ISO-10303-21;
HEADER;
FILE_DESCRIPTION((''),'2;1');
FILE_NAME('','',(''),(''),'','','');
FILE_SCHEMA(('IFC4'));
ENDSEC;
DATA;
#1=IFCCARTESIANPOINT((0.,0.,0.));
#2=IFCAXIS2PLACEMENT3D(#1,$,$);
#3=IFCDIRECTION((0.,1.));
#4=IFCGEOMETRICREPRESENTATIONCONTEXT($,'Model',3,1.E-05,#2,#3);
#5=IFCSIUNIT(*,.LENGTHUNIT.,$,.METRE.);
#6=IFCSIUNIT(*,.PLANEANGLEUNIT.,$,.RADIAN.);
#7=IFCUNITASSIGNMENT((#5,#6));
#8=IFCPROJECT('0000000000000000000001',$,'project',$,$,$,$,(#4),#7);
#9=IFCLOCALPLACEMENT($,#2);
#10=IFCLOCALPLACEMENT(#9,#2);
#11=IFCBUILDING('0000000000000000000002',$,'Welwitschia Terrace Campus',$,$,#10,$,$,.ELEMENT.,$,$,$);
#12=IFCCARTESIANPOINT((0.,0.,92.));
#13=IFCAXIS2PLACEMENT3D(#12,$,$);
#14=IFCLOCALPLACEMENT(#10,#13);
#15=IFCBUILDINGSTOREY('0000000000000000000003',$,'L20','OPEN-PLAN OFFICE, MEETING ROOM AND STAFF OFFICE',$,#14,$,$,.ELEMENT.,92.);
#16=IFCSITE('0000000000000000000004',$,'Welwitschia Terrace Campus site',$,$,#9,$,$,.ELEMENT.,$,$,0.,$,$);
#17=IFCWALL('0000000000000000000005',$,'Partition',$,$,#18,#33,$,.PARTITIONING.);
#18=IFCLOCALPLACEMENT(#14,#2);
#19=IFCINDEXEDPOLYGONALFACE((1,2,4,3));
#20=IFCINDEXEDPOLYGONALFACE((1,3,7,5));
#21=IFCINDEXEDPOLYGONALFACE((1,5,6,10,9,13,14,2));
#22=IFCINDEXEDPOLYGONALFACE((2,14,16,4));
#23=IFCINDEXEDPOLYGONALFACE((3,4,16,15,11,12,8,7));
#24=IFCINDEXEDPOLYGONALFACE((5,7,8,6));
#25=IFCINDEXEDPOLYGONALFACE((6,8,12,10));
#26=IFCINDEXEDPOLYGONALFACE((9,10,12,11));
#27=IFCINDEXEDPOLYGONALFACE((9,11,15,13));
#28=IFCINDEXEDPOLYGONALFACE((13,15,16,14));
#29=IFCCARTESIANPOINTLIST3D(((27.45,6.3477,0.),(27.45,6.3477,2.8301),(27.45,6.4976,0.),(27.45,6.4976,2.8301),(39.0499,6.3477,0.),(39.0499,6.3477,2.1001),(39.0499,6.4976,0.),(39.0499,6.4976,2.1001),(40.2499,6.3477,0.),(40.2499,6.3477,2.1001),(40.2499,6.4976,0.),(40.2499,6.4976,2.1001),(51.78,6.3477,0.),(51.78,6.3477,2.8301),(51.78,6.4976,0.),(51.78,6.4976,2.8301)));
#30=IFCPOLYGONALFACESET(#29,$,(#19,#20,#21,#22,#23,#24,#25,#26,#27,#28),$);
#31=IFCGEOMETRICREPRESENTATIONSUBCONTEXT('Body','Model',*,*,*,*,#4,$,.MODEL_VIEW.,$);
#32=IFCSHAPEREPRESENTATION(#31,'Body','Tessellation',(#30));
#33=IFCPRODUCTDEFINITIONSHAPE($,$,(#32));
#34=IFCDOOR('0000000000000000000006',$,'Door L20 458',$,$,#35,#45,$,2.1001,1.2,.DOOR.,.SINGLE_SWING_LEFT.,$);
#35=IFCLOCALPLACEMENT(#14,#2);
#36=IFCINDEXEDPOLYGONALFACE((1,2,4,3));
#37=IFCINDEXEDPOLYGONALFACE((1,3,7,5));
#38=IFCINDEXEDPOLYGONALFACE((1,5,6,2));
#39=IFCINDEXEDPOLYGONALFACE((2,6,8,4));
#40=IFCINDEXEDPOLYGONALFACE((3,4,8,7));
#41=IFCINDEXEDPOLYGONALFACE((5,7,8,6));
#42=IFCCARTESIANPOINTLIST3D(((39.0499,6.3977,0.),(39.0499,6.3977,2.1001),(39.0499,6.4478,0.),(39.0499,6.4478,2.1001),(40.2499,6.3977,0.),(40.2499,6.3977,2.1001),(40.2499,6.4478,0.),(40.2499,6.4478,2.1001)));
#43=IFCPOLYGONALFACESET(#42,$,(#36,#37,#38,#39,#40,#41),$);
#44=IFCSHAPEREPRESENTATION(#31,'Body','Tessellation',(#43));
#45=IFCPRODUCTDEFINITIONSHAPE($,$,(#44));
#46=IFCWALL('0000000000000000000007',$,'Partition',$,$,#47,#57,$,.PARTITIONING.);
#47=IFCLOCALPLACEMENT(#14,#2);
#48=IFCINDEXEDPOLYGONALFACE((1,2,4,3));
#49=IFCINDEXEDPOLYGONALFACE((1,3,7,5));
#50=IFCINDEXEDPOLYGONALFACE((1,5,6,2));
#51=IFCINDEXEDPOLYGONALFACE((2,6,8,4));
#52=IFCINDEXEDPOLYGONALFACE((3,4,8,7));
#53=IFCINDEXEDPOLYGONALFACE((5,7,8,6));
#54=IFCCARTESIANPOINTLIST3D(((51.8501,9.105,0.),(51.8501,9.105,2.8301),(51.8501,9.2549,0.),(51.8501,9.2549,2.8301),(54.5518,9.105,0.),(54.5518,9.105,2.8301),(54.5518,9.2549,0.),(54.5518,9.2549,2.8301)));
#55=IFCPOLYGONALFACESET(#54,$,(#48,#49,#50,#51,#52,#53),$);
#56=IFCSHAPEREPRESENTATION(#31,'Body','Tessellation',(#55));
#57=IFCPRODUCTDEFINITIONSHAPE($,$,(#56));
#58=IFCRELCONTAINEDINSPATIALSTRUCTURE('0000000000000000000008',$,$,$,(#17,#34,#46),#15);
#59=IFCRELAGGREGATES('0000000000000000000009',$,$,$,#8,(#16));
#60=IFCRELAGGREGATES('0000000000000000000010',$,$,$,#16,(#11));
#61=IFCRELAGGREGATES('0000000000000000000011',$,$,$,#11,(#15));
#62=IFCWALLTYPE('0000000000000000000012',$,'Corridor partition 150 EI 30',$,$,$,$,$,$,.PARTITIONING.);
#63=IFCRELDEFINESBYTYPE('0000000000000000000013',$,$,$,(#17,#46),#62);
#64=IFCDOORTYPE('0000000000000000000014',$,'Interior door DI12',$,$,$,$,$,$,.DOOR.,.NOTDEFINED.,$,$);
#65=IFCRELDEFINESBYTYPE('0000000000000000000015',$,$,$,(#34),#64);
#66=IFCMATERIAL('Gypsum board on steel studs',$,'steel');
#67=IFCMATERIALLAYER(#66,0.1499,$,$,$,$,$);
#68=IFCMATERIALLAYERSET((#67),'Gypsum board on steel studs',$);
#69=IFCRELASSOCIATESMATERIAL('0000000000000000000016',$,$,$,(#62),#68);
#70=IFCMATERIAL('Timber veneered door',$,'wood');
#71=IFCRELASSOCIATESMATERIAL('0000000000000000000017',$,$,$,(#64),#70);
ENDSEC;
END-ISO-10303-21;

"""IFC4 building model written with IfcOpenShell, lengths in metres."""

from ifc_helpers import new_model, si_unit, direction, frame, frame_2d, origin, place, context, subcontext, project, spatial, rectangle, extrude, material, layer, layer_set, type_object, element, fill, save


model = new_model("IFC4")

# Units and contexts
model_context = context("Model", 3, precision=1e-05, world=origin(), true_north=direction((0.0, 1.0)))
body_context = subcontext(model_context, "Body", "Model", "MODEL_VIEW")
ifc_project = project(units=[si_unit("LENGTHUNIT", "METRE"), si_unit("PLANEANGLEUNIT", "RADIAN")], contexts=[model_context])

# Site, building, storey
site_placement = place(None, origin())
site = spatial("IfcSite", under=ifc_project, at=site_placement, Name="Welwitschia Terrace Campus site", CompositionType="ELEMENT", RefElevation=0.0)
building_placement = place(site_placement, origin())
building = spatial("IfcBuilding", under=site, at=building_placement, Name="Welwitschia Terrace Campus", CompositionType="ELEMENT")
storey_placement = place(building_placement, frame((0.0, 0.0, 92.0)))
storey = spatial("IfcBuildingStorey", under=building, at=storey_placement, Name="L20", Description="OPEN-PLAN OFFICE, MEETING ROOM AND STAFF OFFICE", CompositionType="ELEMENT", Elevation=92.0)

# Shared definitions
ifc_material_1 = material(Name="Gypsum board on steel studs", Category="steel")
ifc_layer_1 = layer(ifc_material_1, 0.1499)
ifc_layer_set_1 = layer_set([ifc_layer_1], Name="Gypsum board on steel studs")
wall_type = type_object("IfcWallType", Name="Corridor partition 150 EI 30", PredefinedType="PARTITIONING", material=ifc_layer_set_1)

# Wall, opening, door
ifc_material_2 = material(Name="Timber veneered door", Category="wood")
door_type_1 = type_object("IfcDoorType", Name="Interior door DI12", OperationType="NOTDEFINED", PredefinedType="DOOR", material=ifc_material_2)
wall_1_placement = place(storey_placement, frame((51.78, 6.4226, 0.0), z_axis=(0.0, 0.0, 1.0), x_axis=(-1.0, 0.0, 0.0)))
wall_1 = element("IfcWall", 1, at=wall_1_placement, inside=storey, type_object=wall_type, Name="Partition", PredefinedType="PARTITIONING", context=body_context, shape_type="SweptSolid", body=[
    extrude(rectangle(XDim=24.3301, YDim=0.1499, at=frame_2d((12.165, 0.0))), origin(), (0.0, 0.0, 1.0), 2.8301),
])
opening_1_placement = place(wall_1_placement, frame((11.53, 0.0, 0.0)))
opening_1 = element("IfcOpeningElement", 2, at=opening_1_placement, cuts=wall_1, PredefinedType="OPENING", context=body_context, shape_type="SweptSolid", body=[
    extrude(rectangle(XDim=1.2, YDim=2.1001, at=frame_2d((0.6001, 1.05))), frame((0.0, 0.085, 0.0), z_axis=(0.0, -1.0, 0.0), x_axis=(1.0, 0.0, 0.0)), (0.0, 0.0, 1.0), 0.1699),
])
door_1_placement = place(opening_1_placement, origin())
door_1 = element("IfcDoor", 3, at=door_1_placement, inside=storey, type_object=door_type_1, Name="Door L20 458", OperationType="SINGLE_SWING_LEFT", OverallHeight=2.1001, OverallWidth=1.2, PredefinedType="DOOR", context=body_context, shape_type="SweptSolid", body=[
    extrude(rectangle(XDim=1.2, YDim=2.1001, at=frame_2d((0.6001, 1.05))), frame((0.0, 0.0249, 0.0), z_axis=(0.0, -1.0, 0.0), x_axis=(1.0, 0.0, 0.0)), (0.0, 0.0, 1.0), 0.05),
])
fill(opening_1, door_1)

# Wall
wall_2_placement = place(storey_placement, frame((51.8501, 9.1799, 0.0), z_axis=(0.0, 0.0, 1.0), x_axis=(1.0, 0.0, 0.0)))
element("IfcWall", 4, at=wall_2_placement, inside=storey, type_object=wall_type, Name="Partition", PredefinedType="PARTITIONING", context=body_context, shape_type="SweptSolid", body=[
    extrude(rectangle(XDim=2.7017, YDim=0.1499, at=frame_2d((1.3508, 0.0))), origin(), (0.0, 0.0, 1.0), 2.8301),
])

save(model, "model.ifc")
